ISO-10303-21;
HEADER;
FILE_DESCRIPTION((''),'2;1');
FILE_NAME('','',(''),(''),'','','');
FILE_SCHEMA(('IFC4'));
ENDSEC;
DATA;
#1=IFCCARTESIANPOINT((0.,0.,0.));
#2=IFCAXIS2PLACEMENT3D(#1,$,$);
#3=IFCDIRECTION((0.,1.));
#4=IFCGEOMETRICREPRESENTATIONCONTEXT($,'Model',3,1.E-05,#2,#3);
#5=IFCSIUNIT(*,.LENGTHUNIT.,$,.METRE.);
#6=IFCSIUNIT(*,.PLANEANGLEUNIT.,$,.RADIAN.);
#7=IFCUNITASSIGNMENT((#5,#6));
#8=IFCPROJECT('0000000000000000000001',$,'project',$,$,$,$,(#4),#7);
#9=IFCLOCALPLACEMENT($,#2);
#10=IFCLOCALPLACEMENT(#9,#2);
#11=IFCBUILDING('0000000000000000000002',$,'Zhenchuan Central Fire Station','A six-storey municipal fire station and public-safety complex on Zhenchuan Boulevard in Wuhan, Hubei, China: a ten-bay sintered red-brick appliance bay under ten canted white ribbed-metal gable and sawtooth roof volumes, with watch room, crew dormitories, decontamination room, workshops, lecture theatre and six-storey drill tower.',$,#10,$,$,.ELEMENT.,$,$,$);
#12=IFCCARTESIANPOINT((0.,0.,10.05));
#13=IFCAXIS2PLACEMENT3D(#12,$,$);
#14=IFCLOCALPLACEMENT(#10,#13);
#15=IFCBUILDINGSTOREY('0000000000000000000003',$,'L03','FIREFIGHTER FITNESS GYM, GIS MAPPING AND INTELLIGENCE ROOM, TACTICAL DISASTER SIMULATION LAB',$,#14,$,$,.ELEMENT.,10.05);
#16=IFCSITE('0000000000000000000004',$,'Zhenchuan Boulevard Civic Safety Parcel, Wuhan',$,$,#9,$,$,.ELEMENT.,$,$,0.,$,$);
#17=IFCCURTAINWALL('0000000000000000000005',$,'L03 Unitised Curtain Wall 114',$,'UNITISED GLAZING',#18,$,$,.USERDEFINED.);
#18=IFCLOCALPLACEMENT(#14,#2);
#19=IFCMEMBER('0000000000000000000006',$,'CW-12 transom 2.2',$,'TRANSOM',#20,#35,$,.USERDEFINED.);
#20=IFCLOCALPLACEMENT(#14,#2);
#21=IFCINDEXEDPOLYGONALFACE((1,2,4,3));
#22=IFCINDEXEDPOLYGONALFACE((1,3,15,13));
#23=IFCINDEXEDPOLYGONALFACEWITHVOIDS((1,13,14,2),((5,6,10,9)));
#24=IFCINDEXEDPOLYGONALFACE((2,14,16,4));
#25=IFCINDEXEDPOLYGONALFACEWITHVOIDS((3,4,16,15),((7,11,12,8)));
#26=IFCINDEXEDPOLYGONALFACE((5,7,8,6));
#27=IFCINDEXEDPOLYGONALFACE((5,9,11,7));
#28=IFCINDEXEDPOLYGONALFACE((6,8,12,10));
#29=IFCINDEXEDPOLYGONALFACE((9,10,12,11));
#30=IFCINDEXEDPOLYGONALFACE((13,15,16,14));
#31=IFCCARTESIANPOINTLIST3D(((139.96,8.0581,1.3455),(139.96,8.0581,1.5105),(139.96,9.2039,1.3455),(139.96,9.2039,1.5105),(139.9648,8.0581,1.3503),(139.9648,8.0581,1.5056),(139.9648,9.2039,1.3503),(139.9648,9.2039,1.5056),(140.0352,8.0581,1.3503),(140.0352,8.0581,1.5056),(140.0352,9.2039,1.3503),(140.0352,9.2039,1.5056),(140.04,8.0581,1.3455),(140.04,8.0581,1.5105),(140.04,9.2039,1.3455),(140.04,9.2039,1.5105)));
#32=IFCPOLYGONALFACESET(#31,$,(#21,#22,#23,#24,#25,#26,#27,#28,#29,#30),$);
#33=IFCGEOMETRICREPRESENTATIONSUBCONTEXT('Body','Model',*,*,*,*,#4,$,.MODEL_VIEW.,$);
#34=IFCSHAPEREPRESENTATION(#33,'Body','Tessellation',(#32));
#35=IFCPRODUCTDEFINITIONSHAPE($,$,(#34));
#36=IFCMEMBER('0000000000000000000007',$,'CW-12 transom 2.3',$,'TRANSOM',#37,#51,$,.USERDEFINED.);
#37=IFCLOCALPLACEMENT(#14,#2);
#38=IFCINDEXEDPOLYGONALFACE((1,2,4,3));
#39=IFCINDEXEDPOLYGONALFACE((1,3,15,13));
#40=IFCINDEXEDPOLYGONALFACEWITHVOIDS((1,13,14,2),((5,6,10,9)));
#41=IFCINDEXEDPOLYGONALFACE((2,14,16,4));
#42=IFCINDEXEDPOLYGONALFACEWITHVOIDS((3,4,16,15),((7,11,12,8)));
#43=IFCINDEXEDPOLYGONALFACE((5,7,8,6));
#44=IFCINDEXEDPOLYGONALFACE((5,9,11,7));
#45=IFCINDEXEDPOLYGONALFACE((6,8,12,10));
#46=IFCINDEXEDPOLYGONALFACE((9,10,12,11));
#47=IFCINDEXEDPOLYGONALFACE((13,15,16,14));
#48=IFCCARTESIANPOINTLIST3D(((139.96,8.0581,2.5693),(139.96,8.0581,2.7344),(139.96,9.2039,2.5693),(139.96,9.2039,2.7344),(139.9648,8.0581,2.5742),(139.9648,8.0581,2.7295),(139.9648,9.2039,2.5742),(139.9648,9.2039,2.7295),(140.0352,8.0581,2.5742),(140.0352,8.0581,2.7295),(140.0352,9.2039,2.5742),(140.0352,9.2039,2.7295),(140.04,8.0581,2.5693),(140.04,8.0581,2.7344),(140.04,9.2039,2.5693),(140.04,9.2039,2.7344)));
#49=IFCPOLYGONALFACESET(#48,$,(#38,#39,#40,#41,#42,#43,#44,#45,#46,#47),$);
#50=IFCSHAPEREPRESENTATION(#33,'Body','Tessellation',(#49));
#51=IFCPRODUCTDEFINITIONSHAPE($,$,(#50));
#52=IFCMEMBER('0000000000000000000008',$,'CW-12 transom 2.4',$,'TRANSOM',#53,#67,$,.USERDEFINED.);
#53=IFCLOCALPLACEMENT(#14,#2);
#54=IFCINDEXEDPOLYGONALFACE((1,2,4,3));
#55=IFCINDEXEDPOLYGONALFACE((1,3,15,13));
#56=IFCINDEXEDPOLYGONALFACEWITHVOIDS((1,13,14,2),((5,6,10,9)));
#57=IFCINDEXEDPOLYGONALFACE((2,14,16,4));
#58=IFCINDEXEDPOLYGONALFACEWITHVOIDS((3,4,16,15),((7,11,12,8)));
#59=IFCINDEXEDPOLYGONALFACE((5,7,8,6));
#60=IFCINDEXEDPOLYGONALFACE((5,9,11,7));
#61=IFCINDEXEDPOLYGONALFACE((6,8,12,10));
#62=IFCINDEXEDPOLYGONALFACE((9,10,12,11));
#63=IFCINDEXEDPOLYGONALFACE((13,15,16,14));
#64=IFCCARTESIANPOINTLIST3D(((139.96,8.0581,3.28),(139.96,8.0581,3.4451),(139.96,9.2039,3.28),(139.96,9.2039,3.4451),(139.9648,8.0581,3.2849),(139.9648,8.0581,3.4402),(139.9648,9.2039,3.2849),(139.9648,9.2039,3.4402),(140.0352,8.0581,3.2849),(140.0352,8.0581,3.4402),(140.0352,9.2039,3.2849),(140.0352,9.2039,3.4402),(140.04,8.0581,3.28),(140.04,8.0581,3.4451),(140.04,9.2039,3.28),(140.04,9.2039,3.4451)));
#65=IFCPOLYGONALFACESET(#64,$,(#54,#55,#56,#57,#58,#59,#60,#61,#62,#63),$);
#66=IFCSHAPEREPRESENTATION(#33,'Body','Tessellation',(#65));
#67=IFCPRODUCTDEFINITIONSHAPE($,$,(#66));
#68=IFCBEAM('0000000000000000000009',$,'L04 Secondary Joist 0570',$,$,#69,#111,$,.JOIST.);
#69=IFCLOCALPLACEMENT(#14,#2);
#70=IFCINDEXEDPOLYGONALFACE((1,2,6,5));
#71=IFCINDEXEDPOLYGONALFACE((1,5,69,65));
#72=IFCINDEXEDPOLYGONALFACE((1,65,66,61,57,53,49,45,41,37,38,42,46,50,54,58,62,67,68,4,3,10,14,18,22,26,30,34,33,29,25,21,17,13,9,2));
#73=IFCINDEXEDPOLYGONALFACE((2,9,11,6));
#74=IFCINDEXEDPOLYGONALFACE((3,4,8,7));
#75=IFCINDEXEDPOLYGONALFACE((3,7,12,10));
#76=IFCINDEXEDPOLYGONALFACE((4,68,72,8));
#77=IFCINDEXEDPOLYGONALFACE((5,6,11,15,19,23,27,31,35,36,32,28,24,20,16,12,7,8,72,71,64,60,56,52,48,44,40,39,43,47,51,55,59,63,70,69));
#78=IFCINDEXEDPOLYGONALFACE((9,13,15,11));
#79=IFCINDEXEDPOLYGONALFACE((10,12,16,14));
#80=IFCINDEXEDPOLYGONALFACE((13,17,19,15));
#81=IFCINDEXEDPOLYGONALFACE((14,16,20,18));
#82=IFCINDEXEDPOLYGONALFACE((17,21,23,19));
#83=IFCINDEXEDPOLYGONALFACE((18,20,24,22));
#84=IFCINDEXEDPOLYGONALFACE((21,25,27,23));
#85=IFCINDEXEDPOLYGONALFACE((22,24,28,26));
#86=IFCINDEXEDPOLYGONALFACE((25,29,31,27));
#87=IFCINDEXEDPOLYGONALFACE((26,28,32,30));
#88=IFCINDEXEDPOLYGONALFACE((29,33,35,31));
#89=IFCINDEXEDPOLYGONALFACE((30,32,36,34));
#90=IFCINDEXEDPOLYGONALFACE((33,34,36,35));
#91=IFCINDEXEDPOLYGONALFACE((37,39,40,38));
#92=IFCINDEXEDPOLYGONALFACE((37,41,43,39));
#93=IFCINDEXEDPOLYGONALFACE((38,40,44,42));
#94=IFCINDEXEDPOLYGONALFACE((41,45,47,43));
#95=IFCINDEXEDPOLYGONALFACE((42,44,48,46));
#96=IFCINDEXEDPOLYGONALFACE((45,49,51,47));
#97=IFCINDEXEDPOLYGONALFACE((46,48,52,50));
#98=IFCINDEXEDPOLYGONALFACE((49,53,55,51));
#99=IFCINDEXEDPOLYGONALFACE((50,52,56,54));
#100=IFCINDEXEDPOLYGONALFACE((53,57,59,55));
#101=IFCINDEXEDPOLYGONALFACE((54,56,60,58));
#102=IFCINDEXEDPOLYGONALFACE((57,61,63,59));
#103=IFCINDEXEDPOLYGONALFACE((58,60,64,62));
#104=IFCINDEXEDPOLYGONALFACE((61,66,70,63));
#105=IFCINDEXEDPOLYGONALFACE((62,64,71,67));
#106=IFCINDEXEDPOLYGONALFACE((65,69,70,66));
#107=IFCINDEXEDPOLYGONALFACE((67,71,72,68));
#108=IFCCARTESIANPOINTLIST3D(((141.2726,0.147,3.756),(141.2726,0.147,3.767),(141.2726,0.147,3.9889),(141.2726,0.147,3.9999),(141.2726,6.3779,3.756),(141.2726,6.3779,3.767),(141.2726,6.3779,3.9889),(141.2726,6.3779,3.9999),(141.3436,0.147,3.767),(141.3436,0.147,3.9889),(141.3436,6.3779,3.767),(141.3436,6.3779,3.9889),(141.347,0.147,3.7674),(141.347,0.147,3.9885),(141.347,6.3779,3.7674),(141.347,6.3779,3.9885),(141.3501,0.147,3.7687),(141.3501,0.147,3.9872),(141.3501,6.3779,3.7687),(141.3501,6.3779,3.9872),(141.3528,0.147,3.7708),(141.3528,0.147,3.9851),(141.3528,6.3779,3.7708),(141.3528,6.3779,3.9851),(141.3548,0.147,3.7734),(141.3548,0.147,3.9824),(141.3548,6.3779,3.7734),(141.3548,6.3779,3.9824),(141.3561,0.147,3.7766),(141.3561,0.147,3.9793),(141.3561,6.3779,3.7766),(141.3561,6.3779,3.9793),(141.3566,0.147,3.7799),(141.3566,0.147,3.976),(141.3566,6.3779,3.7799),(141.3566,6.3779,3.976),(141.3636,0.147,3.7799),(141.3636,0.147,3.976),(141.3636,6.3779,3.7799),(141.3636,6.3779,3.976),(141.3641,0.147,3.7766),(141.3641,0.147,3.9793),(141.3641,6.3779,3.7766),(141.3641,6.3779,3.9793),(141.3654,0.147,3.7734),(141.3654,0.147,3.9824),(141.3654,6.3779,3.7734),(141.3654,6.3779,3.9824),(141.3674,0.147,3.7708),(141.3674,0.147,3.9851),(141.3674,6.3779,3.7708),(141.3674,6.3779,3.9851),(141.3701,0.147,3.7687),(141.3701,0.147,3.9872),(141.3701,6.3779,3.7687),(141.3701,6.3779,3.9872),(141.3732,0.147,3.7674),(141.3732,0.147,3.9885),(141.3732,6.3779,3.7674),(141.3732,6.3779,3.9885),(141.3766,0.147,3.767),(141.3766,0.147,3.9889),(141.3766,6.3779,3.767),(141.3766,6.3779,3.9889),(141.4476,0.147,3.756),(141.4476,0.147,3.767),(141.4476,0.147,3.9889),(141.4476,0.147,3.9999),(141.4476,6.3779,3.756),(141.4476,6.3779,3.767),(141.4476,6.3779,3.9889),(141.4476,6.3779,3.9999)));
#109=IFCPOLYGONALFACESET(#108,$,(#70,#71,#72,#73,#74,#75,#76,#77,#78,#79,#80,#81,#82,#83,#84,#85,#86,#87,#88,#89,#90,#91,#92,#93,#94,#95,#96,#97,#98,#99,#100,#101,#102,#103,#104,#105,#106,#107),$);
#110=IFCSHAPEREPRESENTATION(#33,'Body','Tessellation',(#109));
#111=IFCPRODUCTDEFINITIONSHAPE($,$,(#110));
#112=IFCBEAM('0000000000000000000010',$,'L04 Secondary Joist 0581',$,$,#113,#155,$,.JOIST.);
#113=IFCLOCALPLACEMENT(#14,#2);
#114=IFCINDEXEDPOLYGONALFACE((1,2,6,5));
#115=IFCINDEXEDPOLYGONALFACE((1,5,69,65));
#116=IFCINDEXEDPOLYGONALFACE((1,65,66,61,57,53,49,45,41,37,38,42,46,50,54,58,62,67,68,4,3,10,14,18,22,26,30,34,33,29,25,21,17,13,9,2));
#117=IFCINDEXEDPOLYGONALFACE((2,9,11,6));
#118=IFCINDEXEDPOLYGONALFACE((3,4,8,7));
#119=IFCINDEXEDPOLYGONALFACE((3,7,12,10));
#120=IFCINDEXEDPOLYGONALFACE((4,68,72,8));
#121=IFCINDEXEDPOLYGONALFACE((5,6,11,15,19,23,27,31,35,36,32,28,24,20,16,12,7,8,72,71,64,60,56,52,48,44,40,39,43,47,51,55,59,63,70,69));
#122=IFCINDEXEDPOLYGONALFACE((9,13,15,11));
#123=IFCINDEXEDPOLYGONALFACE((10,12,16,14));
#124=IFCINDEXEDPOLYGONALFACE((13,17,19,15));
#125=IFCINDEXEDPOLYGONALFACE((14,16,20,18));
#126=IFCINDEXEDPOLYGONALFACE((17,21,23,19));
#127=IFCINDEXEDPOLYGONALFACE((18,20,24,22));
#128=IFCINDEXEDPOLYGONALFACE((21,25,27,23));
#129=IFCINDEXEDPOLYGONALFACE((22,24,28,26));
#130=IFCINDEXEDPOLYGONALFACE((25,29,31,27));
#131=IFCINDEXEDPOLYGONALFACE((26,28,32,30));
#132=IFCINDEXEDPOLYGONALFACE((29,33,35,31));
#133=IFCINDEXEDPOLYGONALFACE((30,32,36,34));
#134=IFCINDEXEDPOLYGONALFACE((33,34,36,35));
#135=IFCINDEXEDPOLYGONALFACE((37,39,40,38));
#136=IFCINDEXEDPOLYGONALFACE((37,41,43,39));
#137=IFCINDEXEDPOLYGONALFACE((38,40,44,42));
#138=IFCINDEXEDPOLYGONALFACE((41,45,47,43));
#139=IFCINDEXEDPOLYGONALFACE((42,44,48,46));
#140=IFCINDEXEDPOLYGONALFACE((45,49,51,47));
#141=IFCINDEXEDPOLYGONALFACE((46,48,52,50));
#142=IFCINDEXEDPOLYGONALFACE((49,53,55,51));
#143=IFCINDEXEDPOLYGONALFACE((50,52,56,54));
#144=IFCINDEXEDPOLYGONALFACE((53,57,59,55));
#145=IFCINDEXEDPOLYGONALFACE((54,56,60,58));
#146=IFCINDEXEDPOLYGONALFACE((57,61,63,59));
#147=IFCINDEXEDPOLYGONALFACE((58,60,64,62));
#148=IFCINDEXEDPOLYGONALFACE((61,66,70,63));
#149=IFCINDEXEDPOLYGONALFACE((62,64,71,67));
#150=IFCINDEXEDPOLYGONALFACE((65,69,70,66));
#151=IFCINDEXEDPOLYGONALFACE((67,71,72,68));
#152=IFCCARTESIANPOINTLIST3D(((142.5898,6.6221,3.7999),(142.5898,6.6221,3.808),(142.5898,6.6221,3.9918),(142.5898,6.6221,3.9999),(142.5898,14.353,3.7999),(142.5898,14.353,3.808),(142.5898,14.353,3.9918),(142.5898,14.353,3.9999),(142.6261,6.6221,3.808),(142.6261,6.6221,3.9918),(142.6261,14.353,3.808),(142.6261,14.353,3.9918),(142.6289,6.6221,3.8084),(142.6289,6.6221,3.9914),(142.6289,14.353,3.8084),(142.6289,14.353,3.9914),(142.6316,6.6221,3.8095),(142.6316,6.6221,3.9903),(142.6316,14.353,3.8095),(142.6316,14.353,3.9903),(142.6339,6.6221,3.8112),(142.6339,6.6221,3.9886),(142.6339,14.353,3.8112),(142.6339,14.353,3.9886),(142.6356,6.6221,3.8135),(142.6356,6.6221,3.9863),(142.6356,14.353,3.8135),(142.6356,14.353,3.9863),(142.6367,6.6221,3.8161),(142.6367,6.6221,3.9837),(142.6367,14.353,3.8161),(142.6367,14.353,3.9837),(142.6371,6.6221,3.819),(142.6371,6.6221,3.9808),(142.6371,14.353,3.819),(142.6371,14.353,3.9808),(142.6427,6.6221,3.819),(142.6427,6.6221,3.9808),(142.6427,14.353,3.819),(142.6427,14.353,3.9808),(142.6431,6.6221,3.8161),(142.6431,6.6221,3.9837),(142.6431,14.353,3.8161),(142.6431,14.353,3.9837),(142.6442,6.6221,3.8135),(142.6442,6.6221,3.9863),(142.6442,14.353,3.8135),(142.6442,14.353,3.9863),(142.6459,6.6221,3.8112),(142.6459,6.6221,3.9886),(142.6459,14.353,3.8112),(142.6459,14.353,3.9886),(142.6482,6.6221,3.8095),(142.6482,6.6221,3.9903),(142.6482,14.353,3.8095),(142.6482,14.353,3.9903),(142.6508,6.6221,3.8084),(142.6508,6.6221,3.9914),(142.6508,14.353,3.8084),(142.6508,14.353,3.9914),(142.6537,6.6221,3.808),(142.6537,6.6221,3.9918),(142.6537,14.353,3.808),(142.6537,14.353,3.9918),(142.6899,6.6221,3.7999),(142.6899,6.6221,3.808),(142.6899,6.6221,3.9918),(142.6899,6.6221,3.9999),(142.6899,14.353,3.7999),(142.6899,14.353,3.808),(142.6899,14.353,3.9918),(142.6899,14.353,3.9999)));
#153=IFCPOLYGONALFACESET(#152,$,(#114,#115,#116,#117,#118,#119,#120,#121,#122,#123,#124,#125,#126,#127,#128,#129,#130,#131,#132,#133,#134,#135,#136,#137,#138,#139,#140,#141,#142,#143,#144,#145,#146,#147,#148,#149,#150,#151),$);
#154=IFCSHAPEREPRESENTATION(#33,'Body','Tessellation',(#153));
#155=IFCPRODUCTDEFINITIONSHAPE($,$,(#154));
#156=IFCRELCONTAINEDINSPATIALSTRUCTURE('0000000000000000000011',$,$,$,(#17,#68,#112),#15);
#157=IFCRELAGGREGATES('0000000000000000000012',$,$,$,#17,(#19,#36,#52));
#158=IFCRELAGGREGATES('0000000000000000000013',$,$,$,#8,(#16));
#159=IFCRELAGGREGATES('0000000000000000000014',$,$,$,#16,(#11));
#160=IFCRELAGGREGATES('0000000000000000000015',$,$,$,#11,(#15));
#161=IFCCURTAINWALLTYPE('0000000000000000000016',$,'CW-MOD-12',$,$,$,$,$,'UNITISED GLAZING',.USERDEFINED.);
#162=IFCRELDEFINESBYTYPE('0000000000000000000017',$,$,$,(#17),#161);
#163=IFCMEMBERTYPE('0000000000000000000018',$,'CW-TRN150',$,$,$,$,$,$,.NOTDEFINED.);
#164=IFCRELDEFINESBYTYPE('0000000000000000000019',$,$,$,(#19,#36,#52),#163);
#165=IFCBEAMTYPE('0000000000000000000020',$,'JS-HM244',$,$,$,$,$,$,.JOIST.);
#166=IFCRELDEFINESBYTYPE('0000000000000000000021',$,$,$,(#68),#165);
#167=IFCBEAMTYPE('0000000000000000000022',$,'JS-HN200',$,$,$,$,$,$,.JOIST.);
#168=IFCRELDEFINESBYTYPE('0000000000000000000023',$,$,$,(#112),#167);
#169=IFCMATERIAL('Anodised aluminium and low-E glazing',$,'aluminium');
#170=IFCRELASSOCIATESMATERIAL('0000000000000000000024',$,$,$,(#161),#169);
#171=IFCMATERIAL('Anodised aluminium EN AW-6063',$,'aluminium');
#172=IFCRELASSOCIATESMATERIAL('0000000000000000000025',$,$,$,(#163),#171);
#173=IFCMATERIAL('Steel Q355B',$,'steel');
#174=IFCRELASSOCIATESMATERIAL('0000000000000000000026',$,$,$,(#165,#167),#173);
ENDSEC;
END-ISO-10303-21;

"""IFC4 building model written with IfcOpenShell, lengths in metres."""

from ifc_helpers import new_model, si_unit, direction, frame, origin, origin_2d, place, context, subcontext, project, spatial, hollow_rectangle, i_section, extrude, material, material_profile, profile_set, type_object, element, aggregate, save


model = new_model("IFC4")

# Units and contexts
model_context = context("Model", 3, precision=1e-05, world=origin(), true_north=direction((0.0, 1.0)))
body_context = subcontext(model_context, "Body", "Model", "MODEL_VIEW")
ifc_project = project(units=[si_unit("LENGTHUNIT", "METRE"), si_unit("PLANEANGLEUNIT", "RADIAN")], contexts=[model_context])

# Site, building, storey
site_placement = place(None, origin())
site = spatial("IfcSite", under=ifc_project, at=site_placement, Name="Zhenchuan Boulevard Civic Safety Parcel, Wuhan", CompositionType="ELEMENT", RefElevation=0.0)
building_placement = place(site_placement, origin())
building = spatial("IfcBuilding", under=site, at=building_placement, Name="Zhenchuan Central Fire Station", Description="A six-storey municipal fire station and public-safety complex on Zhenchuan Boulevard in Wuhan, Hubei, China: a ten-bay sintered red-brick appliance bay under ten canted white ribbed-metal gable and sawtooth roof volumes, with watch room, crew dormitories, decontamination room, workshops, lecture theatre and six-storey drill tower.", CompositionType="ELEMENT")
storey_placement = place(building_placement, frame((0.0, 0.0, 10.05)))
storey = spatial("IfcBuildingStorey", under=building, at=storey_placement, Name="L03", Description="FIREFIGHTER FITNESS GYM, GIS MAPPING AND INTELLIGENCE ROOM, TACTICAL DISASTER SIMULATION LAB", CompositionType="ELEMENT", Elevation=10.05)

# Shared definitions
ifc_material_1 = material(Name="Steel Q355B", Category="steel")

# Curtain wall, members
ifc_material_2 = material(Name="Anodised aluminium and low-E glazing", Category="aluminium")
ifc_material_3 = material(Name="Anodised aluminium EN AW-6063", Category="aluminium")
curtain_wall_type_1 = type_object("IfcCurtainWallType", Name="CW-MOD-12", ElementType="UNITISED GLAZING", PredefinedType="USERDEFINED", material=ifc_material_2)
curtain_wall_1_placement = place(storey_placement, origin())
curtain_wall_1 = element("IfcCurtainWall", 1, at=curtain_wall_1_placement, inside=storey, type_object=curtain_wall_type_1, Name="L03 Unitised Curtain Wall 114", ObjectType="UNITISED GLAZING", PredefinedType="USERDEFINED")
ifc_material_profile_1 = material_profile(ifc_material_3, hollow_rectangle(XDim=0.0801, YDim=0.165, WallThickness=0.0049, at=origin_2d()), Name="ALU-T 165x80")
ifc_profile_set_1 = profile_set([ifc_material_profile_1], Name="Anodised aluminium EN AW-6063")
member_type_1 = type_object("IfcMemberType", Name="CW-TRN150", PredefinedType="NOTDEFINED", material=ifc_profile_set_1)
member_1_placement = place(storey_placement, frame((140.0, 8.0581, 1.428), z_axis=(0.0, 1.0, 0.0), x_axis=(-1.0, 0.0, 0.0)))
member_1 = element("IfcMember", 2, at=member_1_placement, type_object=member_type_1, Name="CW-12 transom 2.2", ObjectType="TRANSOM", PredefinedType="USERDEFINED", context=body_context, shape_type="SweptSolid", body=[
    extrude(hollow_rectangle(XDim=0.0801, YDim=0.165, WallThickness=0.0049, at=origin_2d()), origin(), (0.0, 0.0, 1.0), 1.1458),
])
member_2_placement = place(storey_placement, frame((140.0, 8.0581, 2.6519), z_axis=(0.0, 1.0, 0.0), x_axis=(-1.0, 0.0, 0.0)))
member_2 = element("IfcMember", 3, at=member_2_placement, type_object=member_type_1, Name="CW-12 transom 2.3", ObjectType="TRANSOM", PredefinedType="USERDEFINED", context=body_context, shape_type="SweptSolid", body=[
    extrude(hollow_rectangle(XDim=0.0801, YDim=0.165, WallThickness=0.0049, at=origin_2d()), origin(), (0.0, 0.0, 1.0), 1.1458),
])
member_3_placement = place(storey_placement, frame((140.0, 8.0581, 3.3625), z_axis=(0.0, 1.0, 0.0), x_axis=(-1.0, 0.0, 0.0)))
member_3 = element("IfcMember", 4, at=member_3_placement, type_object=member_type_1, Name="CW-12 transom 2.4", ObjectType="TRANSOM", PredefinedType="USERDEFINED", context=body_context, shape_type="SweptSolid", body=[
    extrude(hollow_rectangle(XDim=0.0801, YDim=0.165, WallThickness=0.0049, at=origin_2d()), origin(), (0.0, 0.0, 1.0), 1.1458),
])
aggregate(curtain_wall_1, [member_1, member_2, member_3])

# Beams
ifc_material_profile_2 = material_profile(ifc_material_1, i_section(OverallWidth=0.175, OverallDepth=0.2439, WebThickness=0.0071, FlangeThickness=0.011, FilletRadius=0.0129, at=origin_2d()), Name="HM 244x175")
ifc_profile_set_2 = profile_set([ifc_material_profile_2], Name="Steel Q355B")
beam_type_1 = type_object("IfcBeamType", Name="JS-HM244", PredefinedType="JOIST", material=ifc_profile_set_2)
beam_1_placement = place(storey_placement, frame((141.3601, 0.147, 3.8779), z_axis=(0.0, 1.0, 0.0), x_axis=(-1.0, 0.0, 0.0)))
element("IfcBeam", 5, at=beam_1_placement, inside=storey, type_object=beam_type_1, Name="L04 Secondary Joist 0570", PredefinedType="JOIST", context=body_context, shape_type="SweptSolid", body=[
    extrude(i_section(OverallWidth=0.175, OverallDepth=0.2439, WebThickness=0.0071, FlangeThickness=0.011, FilletRadius=0.0129, at=origin_2d()), origin(), (0.0, 0.0, 1.0), 6.231),
])
ifc_material_profile_3 = material_profile(ifc_material_1, i_section(OverallWidth=0.1001, OverallDepth=0.2, WebThickness=0.0056, FlangeThickness=0.0081, FilletRadius=0.011, at=origin_2d()), Name="HN 200x100")
ifc_profile_set_3 = profile_set([ifc_material_profile_3], Name="Steel Q355B")
beam_type_2 = type_object("IfcBeamType", Name="JS-HN200", PredefinedType="JOIST", material=ifc_profile_set_3)
beam_2_placement = place(storey_placement, frame((142.6399, 6.6221, 3.8999), z_axis=(0.0, 1.0, 0.0), x_axis=(-1.0, 0.0, 0.0)))
element("IfcBeam", 6, at=beam_2_placement, inside=storey, type_object=beam_type_2, Name="L04 Secondary Joist 0581", PredefinedType="JOIST", context=body_context, shape_type="SweptSolid", body=[
    extrude(i_section(OverallWidth=0.1001, OverallDepth=0.2, WebThickness=0.0056, FlangeThickness=0.0081, FilletRadius=0.011, at=origin_2d()), origin(), (0.0, 0.0, 1.0), 7.731),
])

save(model, "model.ifc")
